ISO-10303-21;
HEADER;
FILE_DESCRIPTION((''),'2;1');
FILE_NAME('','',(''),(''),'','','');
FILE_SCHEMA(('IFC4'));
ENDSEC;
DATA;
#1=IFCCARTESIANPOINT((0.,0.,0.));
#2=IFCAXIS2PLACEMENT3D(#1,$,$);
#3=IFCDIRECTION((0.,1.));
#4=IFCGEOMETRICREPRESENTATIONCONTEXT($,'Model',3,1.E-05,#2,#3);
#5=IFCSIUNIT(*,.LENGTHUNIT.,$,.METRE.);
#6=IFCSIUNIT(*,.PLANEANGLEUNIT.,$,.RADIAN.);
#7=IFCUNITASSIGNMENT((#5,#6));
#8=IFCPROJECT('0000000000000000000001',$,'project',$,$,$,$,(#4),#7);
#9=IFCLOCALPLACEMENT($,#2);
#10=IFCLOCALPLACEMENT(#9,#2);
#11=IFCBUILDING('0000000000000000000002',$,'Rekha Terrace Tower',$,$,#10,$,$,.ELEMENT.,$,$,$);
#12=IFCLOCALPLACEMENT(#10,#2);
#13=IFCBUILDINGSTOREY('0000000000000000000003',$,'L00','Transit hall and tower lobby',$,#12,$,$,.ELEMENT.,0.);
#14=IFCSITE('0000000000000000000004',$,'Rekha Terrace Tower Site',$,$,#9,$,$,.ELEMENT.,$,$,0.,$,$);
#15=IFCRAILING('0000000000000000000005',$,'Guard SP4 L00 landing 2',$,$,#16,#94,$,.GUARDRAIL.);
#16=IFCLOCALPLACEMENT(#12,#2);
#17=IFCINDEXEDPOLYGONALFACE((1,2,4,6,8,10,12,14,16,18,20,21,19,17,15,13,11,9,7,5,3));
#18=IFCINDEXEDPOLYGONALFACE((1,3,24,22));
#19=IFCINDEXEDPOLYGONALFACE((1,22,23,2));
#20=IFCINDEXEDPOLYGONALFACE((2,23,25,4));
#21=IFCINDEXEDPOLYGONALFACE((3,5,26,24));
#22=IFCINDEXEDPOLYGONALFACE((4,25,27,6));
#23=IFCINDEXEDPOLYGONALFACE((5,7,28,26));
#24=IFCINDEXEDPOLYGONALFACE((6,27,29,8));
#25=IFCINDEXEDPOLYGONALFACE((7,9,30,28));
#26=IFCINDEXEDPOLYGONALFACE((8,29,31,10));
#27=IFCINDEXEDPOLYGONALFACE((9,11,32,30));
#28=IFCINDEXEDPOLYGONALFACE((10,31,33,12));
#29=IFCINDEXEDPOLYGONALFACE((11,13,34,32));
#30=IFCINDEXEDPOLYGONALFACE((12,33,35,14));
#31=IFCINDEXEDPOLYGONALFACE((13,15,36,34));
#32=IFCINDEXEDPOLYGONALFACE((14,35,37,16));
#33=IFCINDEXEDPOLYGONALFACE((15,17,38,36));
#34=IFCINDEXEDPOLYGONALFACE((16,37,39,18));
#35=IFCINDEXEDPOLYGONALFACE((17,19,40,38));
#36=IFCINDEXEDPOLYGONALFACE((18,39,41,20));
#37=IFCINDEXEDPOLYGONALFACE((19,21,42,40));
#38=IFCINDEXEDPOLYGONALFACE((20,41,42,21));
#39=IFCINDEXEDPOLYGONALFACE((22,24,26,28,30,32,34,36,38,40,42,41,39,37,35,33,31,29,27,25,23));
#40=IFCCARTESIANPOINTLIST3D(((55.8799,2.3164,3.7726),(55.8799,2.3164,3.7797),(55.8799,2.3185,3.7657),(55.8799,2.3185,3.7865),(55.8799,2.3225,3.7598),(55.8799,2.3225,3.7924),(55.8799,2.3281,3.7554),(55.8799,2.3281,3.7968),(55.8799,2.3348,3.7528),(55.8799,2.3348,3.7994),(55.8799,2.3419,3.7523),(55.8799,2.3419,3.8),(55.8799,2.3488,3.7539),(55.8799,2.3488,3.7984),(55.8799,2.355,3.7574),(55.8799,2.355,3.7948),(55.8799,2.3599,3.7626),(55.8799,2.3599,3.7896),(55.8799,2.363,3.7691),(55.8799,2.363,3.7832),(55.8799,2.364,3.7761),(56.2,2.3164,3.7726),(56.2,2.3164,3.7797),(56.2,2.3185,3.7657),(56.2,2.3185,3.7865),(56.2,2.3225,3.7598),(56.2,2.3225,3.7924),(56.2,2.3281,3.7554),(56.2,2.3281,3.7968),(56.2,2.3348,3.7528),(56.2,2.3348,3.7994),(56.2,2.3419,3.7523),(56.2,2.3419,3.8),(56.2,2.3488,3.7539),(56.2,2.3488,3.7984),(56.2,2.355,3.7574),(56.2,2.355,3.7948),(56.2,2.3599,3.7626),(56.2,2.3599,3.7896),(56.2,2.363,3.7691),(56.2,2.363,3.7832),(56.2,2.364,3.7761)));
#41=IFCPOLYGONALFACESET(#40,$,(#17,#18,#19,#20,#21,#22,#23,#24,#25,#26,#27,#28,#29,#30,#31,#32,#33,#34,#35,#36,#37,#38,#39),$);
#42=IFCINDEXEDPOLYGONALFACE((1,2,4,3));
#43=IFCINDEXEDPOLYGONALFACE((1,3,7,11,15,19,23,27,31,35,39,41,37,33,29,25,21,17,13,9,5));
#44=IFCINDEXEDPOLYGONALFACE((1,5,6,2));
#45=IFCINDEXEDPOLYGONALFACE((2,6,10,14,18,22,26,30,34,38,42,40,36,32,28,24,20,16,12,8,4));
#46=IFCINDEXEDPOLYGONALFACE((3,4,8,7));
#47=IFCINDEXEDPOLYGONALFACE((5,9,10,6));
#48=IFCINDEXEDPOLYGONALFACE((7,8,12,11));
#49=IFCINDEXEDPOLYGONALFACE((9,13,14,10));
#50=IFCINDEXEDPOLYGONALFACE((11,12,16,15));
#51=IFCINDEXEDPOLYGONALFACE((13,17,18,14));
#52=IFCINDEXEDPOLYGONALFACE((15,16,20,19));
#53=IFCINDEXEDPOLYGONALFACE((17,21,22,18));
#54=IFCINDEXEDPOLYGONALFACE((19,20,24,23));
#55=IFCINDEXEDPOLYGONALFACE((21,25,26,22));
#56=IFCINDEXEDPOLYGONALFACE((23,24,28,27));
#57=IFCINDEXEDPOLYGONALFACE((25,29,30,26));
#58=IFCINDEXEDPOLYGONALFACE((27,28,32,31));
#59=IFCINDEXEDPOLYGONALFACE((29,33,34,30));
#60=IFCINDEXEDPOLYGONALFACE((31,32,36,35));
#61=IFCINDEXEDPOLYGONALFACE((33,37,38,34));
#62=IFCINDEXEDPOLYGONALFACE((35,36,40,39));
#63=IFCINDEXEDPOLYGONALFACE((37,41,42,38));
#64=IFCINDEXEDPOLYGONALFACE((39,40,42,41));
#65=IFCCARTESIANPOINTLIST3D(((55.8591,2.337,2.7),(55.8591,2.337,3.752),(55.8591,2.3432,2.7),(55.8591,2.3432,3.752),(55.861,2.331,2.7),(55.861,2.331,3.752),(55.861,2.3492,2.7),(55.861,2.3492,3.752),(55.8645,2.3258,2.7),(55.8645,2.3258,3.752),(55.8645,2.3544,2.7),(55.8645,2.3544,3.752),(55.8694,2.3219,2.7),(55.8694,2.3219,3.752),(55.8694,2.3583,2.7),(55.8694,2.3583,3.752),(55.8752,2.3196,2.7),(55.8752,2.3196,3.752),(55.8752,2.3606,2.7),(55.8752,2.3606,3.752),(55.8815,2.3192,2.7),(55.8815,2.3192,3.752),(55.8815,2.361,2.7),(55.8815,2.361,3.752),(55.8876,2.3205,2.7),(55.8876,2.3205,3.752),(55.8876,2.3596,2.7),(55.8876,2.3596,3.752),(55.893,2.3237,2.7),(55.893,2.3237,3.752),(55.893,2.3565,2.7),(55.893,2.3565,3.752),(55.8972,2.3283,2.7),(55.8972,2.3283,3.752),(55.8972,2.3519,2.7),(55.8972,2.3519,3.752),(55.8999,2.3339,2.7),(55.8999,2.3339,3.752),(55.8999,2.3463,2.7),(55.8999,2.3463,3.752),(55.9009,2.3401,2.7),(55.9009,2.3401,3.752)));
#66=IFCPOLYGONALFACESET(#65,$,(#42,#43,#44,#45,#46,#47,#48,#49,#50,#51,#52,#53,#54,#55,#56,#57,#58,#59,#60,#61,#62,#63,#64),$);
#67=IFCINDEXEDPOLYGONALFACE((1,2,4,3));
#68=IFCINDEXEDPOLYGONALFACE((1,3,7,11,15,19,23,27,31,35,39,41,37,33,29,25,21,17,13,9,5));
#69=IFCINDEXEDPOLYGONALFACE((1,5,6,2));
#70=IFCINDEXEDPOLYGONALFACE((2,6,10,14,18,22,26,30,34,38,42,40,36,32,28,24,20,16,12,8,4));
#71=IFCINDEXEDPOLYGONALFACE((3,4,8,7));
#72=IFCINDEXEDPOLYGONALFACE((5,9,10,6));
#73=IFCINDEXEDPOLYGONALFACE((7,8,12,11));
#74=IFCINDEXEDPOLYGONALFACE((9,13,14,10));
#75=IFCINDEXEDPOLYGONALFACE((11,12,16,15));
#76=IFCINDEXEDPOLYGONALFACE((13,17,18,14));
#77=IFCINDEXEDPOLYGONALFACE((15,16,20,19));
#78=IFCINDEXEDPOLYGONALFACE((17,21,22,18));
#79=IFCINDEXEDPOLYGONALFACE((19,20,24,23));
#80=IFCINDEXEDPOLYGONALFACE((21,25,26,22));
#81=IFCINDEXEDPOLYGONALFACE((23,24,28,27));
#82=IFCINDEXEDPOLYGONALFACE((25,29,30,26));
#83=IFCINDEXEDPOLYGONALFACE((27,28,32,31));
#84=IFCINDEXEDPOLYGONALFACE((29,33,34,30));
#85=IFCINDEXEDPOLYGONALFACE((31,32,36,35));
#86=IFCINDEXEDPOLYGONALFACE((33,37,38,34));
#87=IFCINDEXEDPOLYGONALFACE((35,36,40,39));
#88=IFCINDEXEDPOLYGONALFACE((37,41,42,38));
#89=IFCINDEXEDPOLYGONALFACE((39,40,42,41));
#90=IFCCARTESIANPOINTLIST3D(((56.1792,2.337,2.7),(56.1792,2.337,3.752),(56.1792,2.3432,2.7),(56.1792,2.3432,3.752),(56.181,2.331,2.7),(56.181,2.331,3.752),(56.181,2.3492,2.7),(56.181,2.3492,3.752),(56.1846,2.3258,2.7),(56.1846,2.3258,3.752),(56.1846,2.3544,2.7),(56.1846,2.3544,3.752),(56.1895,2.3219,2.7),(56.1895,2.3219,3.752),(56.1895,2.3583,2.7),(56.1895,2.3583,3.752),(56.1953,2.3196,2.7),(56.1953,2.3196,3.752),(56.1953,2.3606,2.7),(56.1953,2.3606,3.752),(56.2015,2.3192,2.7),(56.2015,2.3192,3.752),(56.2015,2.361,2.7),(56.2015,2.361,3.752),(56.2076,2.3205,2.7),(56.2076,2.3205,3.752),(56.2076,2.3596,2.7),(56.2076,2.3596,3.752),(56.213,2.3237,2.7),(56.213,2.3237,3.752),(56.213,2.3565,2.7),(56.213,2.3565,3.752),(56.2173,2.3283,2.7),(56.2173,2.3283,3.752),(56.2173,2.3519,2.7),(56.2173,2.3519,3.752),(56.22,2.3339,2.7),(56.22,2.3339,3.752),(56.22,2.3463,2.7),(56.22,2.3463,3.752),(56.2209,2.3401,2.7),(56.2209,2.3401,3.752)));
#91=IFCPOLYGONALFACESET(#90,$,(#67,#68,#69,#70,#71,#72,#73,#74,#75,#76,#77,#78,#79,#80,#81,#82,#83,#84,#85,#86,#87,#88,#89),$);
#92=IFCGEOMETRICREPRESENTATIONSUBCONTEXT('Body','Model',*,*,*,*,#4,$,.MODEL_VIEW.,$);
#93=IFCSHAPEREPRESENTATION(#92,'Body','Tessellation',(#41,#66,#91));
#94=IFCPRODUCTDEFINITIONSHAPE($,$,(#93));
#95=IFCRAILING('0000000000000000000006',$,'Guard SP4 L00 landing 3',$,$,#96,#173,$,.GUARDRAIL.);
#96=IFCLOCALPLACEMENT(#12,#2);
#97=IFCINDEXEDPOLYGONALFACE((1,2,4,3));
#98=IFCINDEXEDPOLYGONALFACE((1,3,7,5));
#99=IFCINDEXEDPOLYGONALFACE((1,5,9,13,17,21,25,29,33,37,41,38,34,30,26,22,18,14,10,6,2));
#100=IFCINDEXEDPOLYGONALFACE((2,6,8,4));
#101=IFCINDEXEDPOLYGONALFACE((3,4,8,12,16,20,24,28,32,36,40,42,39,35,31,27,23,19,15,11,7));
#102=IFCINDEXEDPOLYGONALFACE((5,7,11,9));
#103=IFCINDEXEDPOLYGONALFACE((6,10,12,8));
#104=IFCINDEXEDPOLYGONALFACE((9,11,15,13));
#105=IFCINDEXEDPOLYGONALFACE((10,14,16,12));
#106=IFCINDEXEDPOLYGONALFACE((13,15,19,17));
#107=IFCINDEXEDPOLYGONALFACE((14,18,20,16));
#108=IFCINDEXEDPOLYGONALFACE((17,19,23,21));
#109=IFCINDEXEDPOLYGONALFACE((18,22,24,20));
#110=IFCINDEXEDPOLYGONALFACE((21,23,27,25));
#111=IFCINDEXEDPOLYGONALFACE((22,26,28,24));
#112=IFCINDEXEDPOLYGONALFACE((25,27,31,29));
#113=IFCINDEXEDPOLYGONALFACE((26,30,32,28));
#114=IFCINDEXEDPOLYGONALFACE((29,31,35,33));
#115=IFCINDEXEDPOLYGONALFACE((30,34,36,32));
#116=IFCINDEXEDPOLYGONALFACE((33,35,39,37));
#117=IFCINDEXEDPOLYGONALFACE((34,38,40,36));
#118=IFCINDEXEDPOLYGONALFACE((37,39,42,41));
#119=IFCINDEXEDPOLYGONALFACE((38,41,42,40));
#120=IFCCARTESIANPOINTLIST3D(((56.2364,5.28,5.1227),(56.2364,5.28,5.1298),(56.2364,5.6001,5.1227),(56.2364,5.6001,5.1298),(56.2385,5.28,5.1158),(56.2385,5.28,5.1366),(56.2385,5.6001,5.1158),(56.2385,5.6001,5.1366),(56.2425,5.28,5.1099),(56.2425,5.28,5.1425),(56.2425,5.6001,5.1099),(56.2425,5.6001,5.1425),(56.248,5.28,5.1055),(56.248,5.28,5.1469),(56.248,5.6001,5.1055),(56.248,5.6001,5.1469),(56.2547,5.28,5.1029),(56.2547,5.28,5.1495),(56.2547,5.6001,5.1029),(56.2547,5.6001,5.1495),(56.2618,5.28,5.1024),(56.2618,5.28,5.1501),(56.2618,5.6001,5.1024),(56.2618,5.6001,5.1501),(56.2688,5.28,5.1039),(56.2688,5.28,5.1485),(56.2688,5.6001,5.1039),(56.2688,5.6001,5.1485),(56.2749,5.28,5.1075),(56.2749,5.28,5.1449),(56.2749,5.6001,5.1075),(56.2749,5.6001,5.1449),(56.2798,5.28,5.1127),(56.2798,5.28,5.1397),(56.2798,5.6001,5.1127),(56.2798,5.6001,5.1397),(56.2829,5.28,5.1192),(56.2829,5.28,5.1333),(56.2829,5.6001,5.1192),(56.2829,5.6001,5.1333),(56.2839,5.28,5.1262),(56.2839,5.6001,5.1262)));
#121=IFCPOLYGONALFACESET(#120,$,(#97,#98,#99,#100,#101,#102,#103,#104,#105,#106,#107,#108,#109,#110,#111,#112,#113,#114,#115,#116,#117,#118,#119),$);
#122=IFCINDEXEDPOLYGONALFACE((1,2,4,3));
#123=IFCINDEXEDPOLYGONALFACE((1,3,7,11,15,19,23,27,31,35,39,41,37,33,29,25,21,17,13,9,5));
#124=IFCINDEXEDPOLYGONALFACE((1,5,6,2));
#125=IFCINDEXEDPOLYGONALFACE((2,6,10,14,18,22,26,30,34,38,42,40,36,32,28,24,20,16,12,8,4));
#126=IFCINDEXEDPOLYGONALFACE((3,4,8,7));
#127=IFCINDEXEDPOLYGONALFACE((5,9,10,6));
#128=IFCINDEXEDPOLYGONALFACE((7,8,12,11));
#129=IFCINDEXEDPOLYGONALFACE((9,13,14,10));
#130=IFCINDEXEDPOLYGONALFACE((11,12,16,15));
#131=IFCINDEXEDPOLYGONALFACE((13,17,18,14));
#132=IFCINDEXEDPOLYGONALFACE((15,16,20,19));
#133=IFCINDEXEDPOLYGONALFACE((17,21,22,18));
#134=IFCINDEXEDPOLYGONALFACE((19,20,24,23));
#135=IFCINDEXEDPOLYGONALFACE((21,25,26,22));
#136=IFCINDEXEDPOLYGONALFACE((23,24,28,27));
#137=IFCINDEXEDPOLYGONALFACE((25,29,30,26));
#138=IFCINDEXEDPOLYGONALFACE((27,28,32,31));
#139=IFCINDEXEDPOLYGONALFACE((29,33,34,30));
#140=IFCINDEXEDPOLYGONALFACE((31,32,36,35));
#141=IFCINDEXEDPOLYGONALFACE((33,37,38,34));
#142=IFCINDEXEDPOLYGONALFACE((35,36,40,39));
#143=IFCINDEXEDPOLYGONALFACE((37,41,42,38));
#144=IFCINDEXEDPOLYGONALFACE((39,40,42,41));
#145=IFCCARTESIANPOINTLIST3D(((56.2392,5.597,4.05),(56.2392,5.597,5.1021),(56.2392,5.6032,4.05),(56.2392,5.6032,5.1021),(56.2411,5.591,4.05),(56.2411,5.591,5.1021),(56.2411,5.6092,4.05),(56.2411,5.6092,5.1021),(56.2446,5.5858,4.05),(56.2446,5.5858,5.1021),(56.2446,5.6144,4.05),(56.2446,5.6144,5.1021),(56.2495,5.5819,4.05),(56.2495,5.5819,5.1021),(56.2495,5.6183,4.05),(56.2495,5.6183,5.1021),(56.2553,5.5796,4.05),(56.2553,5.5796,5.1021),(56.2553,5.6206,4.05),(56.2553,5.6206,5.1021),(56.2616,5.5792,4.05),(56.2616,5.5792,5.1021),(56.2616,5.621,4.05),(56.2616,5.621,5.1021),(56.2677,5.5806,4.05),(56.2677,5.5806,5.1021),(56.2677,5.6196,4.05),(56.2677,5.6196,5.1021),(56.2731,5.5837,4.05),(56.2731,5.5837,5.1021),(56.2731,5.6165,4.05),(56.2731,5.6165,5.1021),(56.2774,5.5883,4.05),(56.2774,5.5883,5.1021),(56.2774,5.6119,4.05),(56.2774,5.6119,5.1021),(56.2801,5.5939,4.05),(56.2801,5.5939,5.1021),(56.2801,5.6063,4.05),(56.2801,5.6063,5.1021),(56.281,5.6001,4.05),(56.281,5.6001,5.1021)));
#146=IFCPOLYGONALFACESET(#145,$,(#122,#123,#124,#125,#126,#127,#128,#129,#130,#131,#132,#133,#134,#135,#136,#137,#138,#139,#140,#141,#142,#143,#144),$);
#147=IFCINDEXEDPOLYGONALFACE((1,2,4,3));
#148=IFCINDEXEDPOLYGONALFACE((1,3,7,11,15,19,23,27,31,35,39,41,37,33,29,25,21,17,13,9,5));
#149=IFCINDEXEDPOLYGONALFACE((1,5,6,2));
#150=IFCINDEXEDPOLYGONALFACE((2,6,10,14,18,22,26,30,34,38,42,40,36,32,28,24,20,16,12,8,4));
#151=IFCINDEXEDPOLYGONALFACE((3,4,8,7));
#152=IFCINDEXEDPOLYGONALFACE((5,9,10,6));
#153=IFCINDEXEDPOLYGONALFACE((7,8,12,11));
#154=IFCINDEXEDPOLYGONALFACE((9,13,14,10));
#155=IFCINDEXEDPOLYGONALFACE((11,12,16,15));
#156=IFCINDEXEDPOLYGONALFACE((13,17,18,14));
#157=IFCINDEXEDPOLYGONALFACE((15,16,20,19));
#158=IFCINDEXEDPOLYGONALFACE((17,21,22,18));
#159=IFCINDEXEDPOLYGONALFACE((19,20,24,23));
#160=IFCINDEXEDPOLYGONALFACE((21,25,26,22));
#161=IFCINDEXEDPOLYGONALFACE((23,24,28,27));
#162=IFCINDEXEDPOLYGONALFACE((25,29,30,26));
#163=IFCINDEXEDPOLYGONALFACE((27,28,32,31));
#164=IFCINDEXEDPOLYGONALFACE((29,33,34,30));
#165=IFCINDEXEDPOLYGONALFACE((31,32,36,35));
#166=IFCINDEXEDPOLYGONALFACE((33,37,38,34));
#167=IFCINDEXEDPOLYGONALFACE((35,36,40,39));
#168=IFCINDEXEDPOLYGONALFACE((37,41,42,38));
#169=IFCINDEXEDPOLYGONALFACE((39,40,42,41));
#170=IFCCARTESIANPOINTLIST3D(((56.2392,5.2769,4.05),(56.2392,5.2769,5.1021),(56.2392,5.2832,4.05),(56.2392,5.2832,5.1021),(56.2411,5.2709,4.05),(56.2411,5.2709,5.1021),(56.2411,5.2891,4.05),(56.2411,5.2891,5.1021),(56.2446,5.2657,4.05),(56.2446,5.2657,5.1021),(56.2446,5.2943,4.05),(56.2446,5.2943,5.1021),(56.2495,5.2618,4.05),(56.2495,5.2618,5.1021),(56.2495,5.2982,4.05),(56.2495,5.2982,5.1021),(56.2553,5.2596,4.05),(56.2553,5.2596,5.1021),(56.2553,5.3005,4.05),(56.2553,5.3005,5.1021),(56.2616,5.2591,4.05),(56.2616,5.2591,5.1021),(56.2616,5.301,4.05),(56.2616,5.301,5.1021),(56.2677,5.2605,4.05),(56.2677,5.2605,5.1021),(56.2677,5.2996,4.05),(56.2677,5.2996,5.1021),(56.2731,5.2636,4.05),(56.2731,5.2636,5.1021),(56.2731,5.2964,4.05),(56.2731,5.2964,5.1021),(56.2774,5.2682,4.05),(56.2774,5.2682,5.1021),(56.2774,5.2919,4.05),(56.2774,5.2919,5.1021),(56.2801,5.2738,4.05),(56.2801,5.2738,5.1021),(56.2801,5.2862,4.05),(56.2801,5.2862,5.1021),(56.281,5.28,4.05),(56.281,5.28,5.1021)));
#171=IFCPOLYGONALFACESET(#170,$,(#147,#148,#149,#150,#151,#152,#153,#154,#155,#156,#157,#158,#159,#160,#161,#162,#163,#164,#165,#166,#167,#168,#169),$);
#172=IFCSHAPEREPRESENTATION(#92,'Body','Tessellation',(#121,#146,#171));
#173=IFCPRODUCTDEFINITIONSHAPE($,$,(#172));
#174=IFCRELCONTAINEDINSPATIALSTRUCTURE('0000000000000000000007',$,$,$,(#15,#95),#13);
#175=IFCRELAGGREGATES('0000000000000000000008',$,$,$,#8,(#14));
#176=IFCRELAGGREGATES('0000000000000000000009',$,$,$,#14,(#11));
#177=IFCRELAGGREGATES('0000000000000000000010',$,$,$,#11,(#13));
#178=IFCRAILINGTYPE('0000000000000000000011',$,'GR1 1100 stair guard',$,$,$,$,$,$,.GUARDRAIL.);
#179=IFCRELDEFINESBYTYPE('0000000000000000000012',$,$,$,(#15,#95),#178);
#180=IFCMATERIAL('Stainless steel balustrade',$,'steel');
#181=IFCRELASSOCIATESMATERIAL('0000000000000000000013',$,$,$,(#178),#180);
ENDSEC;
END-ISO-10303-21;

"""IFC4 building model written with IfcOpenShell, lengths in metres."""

from ifc_helpers import new_model, si_unit, direction, frame, origin, origin_2d, place, context, subcontext, project, spatial, circle, extrude, material, type_object, element, save


model = new_model("IFC4")

# Units and contexts
model_context = context("Model", 3, precision=1e-05, world=origin(), true_north=direction((0.0, 1.0)))
body_context = subcontext(model_context, "Body", "Model", "MODEL_VIEW")
ifc_project = project(units=[si_unit("LENGTHUNIT", "METRE"), si_unit("PLANEANGLEUNIT", "RADIAN")], contexts=[model_context])

# Site, building, storey
site_placement = place(None, origin())
site = spatial("IfcSite", under=ifc_project, at=site_placement, Name="Rekha Terrace Tower Site", CompositionType="ELEMENT", RefElevation=0.0)
building_placement = place(site_placement, origin())
building = spatial("IfcBuilding", under=site, at=building_placement, Name="Rekha Terrace Tower", CompositionType="ELEMENT")
storey_placement = place(building_placement, origin())
storey = spatial("IfcBuildingStorey", under=building, at=storey_placement, Name="L00", Description="Transit hall and tower lobby", CompositionType="ELEMENT", Elevation=0.0)

# Railings
ifc_material_1 = material(Name="Stainless steel balustrade", Category="steel")
railing_type_1 = type_object("IfcRailingType", Name="GR1 1100 stair guard", PredefinedType="GUARDRAIL", material=ifc_material_1)
railing_1_placement = place(storey_placement, frame((55.8799, 2.3401, 2.7)))
element("IfcRailing", 1, at=railing_1_placement, inside=storey, type_object=railing_type_1, Name="Guard SP4 L00 landing 2", PredefinedType="GUARDRAIL", context=body_context, shape_type="SweptSolid", body=[
    extrude(circle(Radius=0.0239, at=origin_2d()), frame((0.0, 0.0, 1.0762), z_axis=(1.0, 0.0, 0.0), x_axis=(0.0, 1.0, 0.0)), (0.0, 0.0, 1.0), 0.3201),
    extrude(circle(Radius=0.021, at=origin_2d()), origin(), (0.0, 0.0, 1.0), 1.052),
    extrude(circle(Radius=0.021, at=origin_2d()), frame((0.3201, 0.0, 0.0)), (0.0, 0.0, 1.0), 1.052),
])
railing_2_placement = place(storey_placement, frame((56.26, 5.6001, 4.05)))
element("IfcRailing", 2, at=railing_2_placement, inside=storey, type_object=railing_type_1, Name="Guard SP4 L00 landing 3", PredefinedType="GUARDRAIL", context=body_context, shape_type="SweptSolid", body=[
    extrude(circle(Radius=0.0239, at=origin_2d()), frame((0.0, 0.0, 1.0762), z_axis=(0.0, -1.0, 0.0), x_axis=(1.0, 0.0, 0.0)), (0.0, 0.0, 1.0), 0.3201),
    extrude(circle(Radius=0.021, at=origin_2d()), origin(), (0.0, 0.0, 1.0), 1.052),
    extrude(circle(Radius=0.021, at=origin_2d()), frame((0.0, -0.3201, 0.0)), (0.0, 0.0, 1.0), 1.052),
])

save(model, "model.ifc")
